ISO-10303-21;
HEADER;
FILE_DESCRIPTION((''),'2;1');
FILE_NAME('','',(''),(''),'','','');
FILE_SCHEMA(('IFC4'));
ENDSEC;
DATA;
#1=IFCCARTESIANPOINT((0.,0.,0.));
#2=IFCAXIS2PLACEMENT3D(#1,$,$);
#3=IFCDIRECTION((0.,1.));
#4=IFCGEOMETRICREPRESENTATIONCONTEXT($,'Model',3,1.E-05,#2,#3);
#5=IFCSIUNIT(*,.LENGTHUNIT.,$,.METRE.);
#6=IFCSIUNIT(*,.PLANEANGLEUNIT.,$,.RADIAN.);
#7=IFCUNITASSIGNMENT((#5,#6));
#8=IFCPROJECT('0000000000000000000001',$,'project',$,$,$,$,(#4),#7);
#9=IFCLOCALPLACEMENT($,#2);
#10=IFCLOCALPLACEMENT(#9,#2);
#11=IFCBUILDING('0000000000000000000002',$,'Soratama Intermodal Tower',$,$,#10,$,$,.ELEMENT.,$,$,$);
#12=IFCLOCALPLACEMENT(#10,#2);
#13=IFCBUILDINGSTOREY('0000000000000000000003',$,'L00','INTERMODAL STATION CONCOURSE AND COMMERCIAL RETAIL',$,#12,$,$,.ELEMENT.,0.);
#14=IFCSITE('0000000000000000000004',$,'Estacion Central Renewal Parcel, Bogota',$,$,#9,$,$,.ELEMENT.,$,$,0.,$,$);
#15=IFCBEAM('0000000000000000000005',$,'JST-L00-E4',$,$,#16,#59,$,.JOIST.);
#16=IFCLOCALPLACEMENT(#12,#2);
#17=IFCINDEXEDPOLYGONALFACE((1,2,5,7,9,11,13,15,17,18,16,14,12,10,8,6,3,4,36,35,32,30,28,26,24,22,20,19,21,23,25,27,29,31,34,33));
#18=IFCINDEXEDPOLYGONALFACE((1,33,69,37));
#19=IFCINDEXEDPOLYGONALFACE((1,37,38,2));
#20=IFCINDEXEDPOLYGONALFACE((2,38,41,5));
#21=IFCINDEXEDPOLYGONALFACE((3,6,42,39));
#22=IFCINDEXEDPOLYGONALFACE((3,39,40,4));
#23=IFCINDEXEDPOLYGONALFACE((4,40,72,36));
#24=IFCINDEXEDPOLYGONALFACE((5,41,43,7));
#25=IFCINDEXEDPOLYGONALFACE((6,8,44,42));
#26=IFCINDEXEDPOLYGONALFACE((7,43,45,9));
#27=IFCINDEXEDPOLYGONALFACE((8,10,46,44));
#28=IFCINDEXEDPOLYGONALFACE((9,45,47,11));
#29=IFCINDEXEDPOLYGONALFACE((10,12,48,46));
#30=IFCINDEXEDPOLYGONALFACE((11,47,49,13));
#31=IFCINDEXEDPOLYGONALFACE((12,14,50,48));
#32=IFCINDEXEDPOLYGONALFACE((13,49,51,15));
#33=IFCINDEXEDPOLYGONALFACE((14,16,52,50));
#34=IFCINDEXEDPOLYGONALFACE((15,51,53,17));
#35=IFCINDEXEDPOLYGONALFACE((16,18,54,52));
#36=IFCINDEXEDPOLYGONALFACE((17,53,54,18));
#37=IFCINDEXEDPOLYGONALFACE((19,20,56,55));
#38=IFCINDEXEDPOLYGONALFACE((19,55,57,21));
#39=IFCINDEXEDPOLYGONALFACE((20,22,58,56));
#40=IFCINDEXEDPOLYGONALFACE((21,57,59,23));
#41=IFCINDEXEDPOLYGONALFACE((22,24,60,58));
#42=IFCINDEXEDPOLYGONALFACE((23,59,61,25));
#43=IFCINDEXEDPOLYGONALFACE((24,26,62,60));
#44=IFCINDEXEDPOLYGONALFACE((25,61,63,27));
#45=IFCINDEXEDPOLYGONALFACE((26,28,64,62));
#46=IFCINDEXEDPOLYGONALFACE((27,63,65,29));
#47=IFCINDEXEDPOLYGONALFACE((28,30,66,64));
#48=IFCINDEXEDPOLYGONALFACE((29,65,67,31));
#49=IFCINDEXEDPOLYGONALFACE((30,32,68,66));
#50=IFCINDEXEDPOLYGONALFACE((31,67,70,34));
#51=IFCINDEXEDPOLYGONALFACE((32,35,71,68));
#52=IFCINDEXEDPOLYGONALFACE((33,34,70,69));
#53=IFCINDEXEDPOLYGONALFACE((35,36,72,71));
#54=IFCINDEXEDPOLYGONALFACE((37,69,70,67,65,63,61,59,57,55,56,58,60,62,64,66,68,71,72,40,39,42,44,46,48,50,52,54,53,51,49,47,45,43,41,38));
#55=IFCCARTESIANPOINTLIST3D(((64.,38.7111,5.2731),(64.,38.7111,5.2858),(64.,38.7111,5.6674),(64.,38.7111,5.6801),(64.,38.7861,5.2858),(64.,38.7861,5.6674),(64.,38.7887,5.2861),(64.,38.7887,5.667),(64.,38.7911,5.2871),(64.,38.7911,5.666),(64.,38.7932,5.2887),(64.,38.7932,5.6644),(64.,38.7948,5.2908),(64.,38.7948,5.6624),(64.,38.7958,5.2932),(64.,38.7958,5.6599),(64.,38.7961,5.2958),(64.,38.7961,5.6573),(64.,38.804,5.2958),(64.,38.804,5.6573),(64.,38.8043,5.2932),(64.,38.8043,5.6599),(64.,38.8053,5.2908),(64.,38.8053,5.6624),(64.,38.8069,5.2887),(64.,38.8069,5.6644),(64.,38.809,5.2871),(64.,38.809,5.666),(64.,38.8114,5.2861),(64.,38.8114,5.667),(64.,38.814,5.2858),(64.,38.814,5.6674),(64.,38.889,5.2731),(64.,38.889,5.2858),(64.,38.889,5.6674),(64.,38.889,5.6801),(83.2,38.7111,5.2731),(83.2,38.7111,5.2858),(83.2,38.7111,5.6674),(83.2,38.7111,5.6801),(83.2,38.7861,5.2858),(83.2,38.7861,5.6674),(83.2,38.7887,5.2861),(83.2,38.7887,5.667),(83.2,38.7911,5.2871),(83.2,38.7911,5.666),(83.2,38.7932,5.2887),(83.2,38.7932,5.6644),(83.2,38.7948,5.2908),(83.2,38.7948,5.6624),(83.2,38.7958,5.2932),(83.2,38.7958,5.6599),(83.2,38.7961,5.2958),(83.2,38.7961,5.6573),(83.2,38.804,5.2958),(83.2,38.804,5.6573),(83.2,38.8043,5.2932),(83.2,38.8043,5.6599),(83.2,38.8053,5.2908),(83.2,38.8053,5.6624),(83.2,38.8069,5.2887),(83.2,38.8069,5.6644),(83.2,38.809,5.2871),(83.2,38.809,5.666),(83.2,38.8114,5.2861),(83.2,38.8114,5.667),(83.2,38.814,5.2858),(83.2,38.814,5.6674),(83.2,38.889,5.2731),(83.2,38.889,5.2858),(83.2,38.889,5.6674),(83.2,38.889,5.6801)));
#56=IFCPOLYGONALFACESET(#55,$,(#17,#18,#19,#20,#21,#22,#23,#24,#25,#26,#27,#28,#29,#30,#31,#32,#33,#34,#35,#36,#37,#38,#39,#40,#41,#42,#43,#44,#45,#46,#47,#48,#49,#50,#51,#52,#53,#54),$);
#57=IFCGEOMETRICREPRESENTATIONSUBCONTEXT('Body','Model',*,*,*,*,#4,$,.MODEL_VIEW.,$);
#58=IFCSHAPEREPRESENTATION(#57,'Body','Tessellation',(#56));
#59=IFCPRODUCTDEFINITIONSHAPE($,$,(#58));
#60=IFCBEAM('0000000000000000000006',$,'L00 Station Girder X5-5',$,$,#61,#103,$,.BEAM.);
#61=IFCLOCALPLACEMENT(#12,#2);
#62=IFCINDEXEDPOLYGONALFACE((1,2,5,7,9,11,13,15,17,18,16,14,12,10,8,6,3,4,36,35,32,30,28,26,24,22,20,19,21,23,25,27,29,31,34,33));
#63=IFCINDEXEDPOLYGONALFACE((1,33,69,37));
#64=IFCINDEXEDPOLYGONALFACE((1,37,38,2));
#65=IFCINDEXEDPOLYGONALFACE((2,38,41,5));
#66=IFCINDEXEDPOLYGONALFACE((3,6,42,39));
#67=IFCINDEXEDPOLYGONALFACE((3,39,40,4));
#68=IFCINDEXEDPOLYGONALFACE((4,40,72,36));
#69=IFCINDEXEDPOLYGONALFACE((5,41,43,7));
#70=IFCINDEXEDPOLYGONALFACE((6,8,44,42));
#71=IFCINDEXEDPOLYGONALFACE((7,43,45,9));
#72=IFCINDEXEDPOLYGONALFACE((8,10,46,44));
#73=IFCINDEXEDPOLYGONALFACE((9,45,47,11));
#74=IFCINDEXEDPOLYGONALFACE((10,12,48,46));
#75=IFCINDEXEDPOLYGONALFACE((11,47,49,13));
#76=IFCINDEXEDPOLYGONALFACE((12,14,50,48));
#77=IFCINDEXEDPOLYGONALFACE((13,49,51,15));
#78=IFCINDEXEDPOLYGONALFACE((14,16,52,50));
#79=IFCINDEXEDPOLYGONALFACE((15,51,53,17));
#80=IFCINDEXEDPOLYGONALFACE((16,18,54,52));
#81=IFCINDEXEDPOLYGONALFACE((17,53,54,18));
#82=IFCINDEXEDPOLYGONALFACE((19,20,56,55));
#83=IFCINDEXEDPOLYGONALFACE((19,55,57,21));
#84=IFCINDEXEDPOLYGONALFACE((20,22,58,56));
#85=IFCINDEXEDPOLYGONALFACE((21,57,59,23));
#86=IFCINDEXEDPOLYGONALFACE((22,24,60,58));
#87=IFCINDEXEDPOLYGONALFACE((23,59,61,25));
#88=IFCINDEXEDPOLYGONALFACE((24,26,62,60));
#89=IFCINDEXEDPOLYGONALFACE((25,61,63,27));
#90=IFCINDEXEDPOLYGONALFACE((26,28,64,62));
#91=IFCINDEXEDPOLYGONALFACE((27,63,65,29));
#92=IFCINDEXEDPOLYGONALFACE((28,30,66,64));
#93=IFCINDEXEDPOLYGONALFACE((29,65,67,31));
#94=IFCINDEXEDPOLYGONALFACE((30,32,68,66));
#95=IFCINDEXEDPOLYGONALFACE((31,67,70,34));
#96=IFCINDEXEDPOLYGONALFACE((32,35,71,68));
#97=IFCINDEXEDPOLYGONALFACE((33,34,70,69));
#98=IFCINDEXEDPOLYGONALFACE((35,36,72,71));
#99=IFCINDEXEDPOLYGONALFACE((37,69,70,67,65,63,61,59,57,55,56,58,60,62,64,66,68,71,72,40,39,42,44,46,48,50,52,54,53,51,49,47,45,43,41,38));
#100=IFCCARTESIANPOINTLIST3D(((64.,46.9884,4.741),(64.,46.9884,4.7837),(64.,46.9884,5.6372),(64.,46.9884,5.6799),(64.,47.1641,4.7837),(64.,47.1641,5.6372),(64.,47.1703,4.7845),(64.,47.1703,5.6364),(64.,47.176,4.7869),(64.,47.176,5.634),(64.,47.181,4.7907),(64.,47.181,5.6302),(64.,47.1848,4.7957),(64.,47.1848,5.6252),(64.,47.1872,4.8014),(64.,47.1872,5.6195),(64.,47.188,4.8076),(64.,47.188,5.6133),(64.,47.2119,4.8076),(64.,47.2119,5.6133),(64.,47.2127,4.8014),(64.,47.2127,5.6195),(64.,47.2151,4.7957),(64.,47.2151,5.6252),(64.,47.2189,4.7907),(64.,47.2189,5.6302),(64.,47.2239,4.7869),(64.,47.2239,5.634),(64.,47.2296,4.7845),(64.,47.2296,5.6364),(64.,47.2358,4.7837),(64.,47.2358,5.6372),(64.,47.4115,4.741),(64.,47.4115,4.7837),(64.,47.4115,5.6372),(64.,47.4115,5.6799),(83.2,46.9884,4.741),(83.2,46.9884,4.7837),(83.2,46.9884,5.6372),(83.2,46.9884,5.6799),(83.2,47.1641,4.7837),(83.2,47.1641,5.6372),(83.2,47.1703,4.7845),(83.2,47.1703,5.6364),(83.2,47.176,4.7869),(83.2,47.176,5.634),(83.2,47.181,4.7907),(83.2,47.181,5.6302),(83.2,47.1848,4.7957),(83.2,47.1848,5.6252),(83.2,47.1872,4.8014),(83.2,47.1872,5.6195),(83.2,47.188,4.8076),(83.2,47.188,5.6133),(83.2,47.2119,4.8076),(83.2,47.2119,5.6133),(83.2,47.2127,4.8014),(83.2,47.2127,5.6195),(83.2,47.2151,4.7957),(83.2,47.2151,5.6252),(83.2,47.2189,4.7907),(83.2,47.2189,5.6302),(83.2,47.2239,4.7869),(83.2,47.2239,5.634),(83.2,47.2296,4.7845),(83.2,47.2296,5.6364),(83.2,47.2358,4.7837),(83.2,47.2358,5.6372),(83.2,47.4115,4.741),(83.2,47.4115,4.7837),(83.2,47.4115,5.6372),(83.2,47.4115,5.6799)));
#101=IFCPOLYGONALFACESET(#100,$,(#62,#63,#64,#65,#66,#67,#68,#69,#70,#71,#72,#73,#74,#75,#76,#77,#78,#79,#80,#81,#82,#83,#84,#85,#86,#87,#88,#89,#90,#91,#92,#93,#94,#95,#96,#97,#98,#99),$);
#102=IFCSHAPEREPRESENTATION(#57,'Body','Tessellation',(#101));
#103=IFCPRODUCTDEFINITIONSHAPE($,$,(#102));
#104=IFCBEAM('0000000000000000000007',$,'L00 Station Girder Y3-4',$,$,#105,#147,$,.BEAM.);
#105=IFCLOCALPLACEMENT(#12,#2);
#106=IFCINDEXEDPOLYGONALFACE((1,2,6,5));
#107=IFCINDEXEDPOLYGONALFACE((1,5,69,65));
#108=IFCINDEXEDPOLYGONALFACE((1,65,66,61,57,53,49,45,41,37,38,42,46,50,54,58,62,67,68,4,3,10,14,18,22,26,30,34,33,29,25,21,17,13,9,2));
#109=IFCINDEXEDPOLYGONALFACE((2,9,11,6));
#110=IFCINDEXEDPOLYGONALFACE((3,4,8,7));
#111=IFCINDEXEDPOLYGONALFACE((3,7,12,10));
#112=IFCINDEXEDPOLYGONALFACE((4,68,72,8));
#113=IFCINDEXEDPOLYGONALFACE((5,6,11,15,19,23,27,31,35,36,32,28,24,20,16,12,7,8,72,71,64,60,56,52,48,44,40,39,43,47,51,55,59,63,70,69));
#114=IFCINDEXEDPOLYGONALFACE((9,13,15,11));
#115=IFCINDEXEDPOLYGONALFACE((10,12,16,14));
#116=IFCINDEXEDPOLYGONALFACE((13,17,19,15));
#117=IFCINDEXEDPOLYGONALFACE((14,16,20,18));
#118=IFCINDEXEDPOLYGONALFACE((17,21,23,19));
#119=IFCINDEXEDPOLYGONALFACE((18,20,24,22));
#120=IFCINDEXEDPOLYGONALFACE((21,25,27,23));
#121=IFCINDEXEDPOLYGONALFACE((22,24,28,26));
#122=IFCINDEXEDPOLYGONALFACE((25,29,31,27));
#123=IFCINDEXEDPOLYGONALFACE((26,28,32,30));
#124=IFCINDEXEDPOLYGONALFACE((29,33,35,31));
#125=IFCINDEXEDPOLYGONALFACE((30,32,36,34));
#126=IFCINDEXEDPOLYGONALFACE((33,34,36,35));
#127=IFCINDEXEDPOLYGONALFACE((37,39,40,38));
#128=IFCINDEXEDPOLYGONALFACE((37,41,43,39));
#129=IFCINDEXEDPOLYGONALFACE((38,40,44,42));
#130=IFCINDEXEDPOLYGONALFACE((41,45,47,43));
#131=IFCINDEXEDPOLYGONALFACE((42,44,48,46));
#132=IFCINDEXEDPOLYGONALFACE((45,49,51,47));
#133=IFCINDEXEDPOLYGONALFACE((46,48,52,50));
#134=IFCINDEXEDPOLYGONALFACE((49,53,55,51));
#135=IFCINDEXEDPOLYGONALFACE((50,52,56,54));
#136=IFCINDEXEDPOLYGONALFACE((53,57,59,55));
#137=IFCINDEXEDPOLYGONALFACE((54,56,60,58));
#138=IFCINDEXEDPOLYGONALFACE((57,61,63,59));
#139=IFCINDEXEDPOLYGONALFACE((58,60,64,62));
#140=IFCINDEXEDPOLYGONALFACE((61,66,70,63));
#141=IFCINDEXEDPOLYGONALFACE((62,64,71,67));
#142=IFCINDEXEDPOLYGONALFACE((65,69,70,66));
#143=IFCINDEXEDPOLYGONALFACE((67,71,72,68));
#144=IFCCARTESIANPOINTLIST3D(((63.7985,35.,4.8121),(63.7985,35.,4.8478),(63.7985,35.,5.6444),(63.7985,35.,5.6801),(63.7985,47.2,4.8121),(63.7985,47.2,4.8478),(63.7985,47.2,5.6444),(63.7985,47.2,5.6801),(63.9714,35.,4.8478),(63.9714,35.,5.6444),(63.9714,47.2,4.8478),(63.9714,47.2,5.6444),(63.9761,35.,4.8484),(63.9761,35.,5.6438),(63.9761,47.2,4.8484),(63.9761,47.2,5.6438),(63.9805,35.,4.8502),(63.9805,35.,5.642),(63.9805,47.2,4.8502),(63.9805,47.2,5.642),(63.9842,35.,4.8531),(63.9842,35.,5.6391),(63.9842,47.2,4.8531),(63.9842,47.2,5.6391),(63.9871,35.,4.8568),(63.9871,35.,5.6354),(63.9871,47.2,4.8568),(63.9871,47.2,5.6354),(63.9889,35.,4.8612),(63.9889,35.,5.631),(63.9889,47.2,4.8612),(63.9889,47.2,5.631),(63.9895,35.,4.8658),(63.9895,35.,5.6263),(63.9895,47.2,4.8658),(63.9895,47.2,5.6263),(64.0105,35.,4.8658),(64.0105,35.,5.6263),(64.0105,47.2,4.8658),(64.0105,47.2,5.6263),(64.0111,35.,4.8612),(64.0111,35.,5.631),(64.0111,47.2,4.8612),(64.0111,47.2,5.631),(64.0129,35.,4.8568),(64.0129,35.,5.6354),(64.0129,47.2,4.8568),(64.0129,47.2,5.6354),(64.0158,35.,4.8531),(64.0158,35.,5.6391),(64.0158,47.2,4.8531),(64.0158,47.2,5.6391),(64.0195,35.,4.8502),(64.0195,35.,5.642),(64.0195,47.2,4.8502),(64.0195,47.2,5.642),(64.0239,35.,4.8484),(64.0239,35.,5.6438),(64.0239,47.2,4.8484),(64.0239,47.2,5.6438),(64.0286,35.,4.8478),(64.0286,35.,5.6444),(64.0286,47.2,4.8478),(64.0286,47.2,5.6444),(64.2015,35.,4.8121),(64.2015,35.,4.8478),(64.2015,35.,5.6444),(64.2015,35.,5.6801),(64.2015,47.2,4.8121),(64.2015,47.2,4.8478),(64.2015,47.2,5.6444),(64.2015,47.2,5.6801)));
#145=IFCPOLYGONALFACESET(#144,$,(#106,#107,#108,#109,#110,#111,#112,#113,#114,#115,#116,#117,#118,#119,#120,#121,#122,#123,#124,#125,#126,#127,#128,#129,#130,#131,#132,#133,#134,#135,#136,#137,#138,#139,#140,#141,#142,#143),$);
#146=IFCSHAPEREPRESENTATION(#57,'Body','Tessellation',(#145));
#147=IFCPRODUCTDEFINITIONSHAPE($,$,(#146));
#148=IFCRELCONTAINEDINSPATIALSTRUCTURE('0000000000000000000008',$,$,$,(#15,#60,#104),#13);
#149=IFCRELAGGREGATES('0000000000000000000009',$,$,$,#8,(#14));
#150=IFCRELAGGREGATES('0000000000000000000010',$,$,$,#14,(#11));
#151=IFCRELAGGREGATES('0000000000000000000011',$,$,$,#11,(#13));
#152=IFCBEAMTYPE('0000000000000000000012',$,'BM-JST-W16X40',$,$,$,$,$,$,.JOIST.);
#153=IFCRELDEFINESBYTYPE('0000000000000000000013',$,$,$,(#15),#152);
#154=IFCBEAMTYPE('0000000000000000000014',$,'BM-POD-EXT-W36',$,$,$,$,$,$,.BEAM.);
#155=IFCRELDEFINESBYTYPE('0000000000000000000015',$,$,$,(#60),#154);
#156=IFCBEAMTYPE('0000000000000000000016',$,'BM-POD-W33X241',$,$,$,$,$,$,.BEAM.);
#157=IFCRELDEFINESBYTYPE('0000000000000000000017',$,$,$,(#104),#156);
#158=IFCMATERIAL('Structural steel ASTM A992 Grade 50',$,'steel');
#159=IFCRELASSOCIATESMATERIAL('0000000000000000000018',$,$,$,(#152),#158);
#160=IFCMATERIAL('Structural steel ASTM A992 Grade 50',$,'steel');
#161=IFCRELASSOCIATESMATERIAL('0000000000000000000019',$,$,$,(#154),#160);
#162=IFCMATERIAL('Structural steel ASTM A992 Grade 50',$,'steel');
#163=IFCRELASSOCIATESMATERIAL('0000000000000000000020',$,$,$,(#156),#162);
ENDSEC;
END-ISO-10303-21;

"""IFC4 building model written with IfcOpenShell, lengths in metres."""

from ifc_helpers import new_model, si_unit, direction, frame, origin, origin_2d, place, context, subcontext, project, spatial, i_section, extrude, material, material_profile, profile_set, type_object, element, save


model = new_model("IFC4")

# Units and contexts
model_context = context("Model", 3, precision=1e-05, world=origin(), true_north=direction((0.0, 1.0)))
body_context = subcontext(model_context, "Body", "Model", "MODEL_VIEW")
ifc_project = project(units=[si_unit("LENGTHUNIT", "METRE"), si_unit("PLANEANGLEUNIT", "RADIAN")], contexts=[model_context])

# Site, building, storey
site_placement = place(None, origin())
site = spatial("IfcSite", under=ifc_project, at=site_placement, Name="Estacion Central Renewal Parcel, Bogota", CompositionType="ELEMENT", RefElevation=0.0)
building_placement = place(site_placement, origin())
building = spatial("IfcBuilding", under=site, at=building_placement, Name="Soratama Intermodal Tower", CompositionType="ELEMENT")
storey_placement = place(building_placement, origin())
storey = spatial("IfcBuildingStorey", under=building, at=storey_placement, Name="L00", Description="INTERMODAL STATION CONCOURSE AND COMMERCIAL RETAIL", CompositionType="ELEMENT", Elevation=0.0)

# Beams
ifc_material_1 = material(Name="Structural steel ASTM A992 Grade 50", Category="steel")
ifc_material_profile_1 = material_profile(ifc_material_1, i_section(OverallWidth=0.178, OverallDepth=0.407, WebThickness=0.0078, FlangeThickness=0.0127, FilletRadius=0.01, at=origin_2d()), Name="W16X40")
ifc_profile_set_1 = profile_set([ifc_material_profile_1], Name="Structural steel ASTM A992 Grade 50")
beam_type_1 = type_object("IfcBeamType", Name="BM-JST-W16X40", PredefinedType="JOIST", material=ifc_profile_set_1)
for number, where, z_axis, x_axis, name in (
    (1, (64.0, 38.8, 5.4766), (1.0, 0.0, 0.0), (0.0, 1.0, 0.0), "JST-L00-E4"),
):
    element("IfcBeam", number, at=place(storey_placement, frame(where, z_axis=z_axis, x_axis=x_axis)), inside=storey, type_object=beam_type_1, Name=name, PredefinedType="JOIST", context=body_context, shape_type="SweptSolid", body=[
        extrude(i_section(OverallWidth=0.178, OverallDepth=0.407, WebThickness=0.0078, FlangeThickness=0.0127, FilletRadius=0.01, at=origin_2d()), origin(), (0.0, 0.0, 1.0), 19.2),
    ])
ifc_material_2 = material(Name="Structural steel ASTM A992 Grade 50", Category="steel")
ifc_material_profile_2 = material_profile(ifc_material_2, i_section(OverallWidth=0.4231, OverallDepth=0.939, WebThickness=0.0239, FlangeThickness=0.0427, FilletRadius=0.0239, at=origin_2d()), Name="W36X302")
ifc_profile_set_2 = profile_set([ifc_material_profile_2], Name="Structural steel ASTM A992 Grade 50")
beam_type_2 = type_object("IfcBeamType", Name="BM-POD-EXT-W36", PredefinedType="BEAM", material=ifc_profile_set_2)
beam_1_placement = place(storey_placement, frame((64.0, 47.2, 5.2104), z_axis=(1.0, 0.0, 0.0), x_axis=(0.0, 1.0, 0.0)))
element("IfcBeam", 2, at=beam_1_placement, inside=storey, type_object=beam_type_2, Name="L00 Station Girder X5-5", PredefinedType="BEAM", context=body_context, shape_type="SweptSolid", body=[
    extrude(i_section(OverallWidth=0.4231, OverallDepth=0.939, WebThickness=0.0239, FlangeThickness=0.0427, FilletRadius=0.0239, at=origin_2d()), origin(), (0.0, 0.0, 1.0), 19.2),
])
ifc_material_3 = material(Name="Structural steel ASTM A992 Grade 50", Category="steel")
ifc_material_profile_3 = material_profile(ifc_material_3, i_section(OverallWidth=0.4031, OverallDepth=0.8679, WebThickness=0.021, FlangeThickness=0.0356, FilletRadius=0.0181, at=origin_2d()), Name="W33X241")
ifc_profile_set_3 = profile_set([ifc_material_profile_3], Name="Structural steel ASTM A992 Grade 50")
beam_type_3 = type_object("IfcBeamType", Name="BM-POD-W33X241", PredefinedType="BEAM", material=ifc_profile_set_3)
beam_2_placement = place(storey_placement, frame((64.0, 35.0, 5.2461), z_axis=(0.0, 1.0, 0.0), x_axis=(-1.0, 0.0, 0.0)))
element("IfcBeam", 3, at=beam_2_placement, inside=storey, type_object=beam_type_3, Name="L00 Station Girder Y3-4", PredefinedType="BEAM", context=body_context, shape_type="SweptSolid", body=[
    extrude(i_section(OverallWidth=0.4031, OverallDepth=0.8679, WebThickness=0.021, FlangeThickness=0.0356, FilletRadius=0.0181, at=origin_2d()), origin(), (0.0, 0.0, 1.0), 12.2),
])

save(model, "model.ifc")
